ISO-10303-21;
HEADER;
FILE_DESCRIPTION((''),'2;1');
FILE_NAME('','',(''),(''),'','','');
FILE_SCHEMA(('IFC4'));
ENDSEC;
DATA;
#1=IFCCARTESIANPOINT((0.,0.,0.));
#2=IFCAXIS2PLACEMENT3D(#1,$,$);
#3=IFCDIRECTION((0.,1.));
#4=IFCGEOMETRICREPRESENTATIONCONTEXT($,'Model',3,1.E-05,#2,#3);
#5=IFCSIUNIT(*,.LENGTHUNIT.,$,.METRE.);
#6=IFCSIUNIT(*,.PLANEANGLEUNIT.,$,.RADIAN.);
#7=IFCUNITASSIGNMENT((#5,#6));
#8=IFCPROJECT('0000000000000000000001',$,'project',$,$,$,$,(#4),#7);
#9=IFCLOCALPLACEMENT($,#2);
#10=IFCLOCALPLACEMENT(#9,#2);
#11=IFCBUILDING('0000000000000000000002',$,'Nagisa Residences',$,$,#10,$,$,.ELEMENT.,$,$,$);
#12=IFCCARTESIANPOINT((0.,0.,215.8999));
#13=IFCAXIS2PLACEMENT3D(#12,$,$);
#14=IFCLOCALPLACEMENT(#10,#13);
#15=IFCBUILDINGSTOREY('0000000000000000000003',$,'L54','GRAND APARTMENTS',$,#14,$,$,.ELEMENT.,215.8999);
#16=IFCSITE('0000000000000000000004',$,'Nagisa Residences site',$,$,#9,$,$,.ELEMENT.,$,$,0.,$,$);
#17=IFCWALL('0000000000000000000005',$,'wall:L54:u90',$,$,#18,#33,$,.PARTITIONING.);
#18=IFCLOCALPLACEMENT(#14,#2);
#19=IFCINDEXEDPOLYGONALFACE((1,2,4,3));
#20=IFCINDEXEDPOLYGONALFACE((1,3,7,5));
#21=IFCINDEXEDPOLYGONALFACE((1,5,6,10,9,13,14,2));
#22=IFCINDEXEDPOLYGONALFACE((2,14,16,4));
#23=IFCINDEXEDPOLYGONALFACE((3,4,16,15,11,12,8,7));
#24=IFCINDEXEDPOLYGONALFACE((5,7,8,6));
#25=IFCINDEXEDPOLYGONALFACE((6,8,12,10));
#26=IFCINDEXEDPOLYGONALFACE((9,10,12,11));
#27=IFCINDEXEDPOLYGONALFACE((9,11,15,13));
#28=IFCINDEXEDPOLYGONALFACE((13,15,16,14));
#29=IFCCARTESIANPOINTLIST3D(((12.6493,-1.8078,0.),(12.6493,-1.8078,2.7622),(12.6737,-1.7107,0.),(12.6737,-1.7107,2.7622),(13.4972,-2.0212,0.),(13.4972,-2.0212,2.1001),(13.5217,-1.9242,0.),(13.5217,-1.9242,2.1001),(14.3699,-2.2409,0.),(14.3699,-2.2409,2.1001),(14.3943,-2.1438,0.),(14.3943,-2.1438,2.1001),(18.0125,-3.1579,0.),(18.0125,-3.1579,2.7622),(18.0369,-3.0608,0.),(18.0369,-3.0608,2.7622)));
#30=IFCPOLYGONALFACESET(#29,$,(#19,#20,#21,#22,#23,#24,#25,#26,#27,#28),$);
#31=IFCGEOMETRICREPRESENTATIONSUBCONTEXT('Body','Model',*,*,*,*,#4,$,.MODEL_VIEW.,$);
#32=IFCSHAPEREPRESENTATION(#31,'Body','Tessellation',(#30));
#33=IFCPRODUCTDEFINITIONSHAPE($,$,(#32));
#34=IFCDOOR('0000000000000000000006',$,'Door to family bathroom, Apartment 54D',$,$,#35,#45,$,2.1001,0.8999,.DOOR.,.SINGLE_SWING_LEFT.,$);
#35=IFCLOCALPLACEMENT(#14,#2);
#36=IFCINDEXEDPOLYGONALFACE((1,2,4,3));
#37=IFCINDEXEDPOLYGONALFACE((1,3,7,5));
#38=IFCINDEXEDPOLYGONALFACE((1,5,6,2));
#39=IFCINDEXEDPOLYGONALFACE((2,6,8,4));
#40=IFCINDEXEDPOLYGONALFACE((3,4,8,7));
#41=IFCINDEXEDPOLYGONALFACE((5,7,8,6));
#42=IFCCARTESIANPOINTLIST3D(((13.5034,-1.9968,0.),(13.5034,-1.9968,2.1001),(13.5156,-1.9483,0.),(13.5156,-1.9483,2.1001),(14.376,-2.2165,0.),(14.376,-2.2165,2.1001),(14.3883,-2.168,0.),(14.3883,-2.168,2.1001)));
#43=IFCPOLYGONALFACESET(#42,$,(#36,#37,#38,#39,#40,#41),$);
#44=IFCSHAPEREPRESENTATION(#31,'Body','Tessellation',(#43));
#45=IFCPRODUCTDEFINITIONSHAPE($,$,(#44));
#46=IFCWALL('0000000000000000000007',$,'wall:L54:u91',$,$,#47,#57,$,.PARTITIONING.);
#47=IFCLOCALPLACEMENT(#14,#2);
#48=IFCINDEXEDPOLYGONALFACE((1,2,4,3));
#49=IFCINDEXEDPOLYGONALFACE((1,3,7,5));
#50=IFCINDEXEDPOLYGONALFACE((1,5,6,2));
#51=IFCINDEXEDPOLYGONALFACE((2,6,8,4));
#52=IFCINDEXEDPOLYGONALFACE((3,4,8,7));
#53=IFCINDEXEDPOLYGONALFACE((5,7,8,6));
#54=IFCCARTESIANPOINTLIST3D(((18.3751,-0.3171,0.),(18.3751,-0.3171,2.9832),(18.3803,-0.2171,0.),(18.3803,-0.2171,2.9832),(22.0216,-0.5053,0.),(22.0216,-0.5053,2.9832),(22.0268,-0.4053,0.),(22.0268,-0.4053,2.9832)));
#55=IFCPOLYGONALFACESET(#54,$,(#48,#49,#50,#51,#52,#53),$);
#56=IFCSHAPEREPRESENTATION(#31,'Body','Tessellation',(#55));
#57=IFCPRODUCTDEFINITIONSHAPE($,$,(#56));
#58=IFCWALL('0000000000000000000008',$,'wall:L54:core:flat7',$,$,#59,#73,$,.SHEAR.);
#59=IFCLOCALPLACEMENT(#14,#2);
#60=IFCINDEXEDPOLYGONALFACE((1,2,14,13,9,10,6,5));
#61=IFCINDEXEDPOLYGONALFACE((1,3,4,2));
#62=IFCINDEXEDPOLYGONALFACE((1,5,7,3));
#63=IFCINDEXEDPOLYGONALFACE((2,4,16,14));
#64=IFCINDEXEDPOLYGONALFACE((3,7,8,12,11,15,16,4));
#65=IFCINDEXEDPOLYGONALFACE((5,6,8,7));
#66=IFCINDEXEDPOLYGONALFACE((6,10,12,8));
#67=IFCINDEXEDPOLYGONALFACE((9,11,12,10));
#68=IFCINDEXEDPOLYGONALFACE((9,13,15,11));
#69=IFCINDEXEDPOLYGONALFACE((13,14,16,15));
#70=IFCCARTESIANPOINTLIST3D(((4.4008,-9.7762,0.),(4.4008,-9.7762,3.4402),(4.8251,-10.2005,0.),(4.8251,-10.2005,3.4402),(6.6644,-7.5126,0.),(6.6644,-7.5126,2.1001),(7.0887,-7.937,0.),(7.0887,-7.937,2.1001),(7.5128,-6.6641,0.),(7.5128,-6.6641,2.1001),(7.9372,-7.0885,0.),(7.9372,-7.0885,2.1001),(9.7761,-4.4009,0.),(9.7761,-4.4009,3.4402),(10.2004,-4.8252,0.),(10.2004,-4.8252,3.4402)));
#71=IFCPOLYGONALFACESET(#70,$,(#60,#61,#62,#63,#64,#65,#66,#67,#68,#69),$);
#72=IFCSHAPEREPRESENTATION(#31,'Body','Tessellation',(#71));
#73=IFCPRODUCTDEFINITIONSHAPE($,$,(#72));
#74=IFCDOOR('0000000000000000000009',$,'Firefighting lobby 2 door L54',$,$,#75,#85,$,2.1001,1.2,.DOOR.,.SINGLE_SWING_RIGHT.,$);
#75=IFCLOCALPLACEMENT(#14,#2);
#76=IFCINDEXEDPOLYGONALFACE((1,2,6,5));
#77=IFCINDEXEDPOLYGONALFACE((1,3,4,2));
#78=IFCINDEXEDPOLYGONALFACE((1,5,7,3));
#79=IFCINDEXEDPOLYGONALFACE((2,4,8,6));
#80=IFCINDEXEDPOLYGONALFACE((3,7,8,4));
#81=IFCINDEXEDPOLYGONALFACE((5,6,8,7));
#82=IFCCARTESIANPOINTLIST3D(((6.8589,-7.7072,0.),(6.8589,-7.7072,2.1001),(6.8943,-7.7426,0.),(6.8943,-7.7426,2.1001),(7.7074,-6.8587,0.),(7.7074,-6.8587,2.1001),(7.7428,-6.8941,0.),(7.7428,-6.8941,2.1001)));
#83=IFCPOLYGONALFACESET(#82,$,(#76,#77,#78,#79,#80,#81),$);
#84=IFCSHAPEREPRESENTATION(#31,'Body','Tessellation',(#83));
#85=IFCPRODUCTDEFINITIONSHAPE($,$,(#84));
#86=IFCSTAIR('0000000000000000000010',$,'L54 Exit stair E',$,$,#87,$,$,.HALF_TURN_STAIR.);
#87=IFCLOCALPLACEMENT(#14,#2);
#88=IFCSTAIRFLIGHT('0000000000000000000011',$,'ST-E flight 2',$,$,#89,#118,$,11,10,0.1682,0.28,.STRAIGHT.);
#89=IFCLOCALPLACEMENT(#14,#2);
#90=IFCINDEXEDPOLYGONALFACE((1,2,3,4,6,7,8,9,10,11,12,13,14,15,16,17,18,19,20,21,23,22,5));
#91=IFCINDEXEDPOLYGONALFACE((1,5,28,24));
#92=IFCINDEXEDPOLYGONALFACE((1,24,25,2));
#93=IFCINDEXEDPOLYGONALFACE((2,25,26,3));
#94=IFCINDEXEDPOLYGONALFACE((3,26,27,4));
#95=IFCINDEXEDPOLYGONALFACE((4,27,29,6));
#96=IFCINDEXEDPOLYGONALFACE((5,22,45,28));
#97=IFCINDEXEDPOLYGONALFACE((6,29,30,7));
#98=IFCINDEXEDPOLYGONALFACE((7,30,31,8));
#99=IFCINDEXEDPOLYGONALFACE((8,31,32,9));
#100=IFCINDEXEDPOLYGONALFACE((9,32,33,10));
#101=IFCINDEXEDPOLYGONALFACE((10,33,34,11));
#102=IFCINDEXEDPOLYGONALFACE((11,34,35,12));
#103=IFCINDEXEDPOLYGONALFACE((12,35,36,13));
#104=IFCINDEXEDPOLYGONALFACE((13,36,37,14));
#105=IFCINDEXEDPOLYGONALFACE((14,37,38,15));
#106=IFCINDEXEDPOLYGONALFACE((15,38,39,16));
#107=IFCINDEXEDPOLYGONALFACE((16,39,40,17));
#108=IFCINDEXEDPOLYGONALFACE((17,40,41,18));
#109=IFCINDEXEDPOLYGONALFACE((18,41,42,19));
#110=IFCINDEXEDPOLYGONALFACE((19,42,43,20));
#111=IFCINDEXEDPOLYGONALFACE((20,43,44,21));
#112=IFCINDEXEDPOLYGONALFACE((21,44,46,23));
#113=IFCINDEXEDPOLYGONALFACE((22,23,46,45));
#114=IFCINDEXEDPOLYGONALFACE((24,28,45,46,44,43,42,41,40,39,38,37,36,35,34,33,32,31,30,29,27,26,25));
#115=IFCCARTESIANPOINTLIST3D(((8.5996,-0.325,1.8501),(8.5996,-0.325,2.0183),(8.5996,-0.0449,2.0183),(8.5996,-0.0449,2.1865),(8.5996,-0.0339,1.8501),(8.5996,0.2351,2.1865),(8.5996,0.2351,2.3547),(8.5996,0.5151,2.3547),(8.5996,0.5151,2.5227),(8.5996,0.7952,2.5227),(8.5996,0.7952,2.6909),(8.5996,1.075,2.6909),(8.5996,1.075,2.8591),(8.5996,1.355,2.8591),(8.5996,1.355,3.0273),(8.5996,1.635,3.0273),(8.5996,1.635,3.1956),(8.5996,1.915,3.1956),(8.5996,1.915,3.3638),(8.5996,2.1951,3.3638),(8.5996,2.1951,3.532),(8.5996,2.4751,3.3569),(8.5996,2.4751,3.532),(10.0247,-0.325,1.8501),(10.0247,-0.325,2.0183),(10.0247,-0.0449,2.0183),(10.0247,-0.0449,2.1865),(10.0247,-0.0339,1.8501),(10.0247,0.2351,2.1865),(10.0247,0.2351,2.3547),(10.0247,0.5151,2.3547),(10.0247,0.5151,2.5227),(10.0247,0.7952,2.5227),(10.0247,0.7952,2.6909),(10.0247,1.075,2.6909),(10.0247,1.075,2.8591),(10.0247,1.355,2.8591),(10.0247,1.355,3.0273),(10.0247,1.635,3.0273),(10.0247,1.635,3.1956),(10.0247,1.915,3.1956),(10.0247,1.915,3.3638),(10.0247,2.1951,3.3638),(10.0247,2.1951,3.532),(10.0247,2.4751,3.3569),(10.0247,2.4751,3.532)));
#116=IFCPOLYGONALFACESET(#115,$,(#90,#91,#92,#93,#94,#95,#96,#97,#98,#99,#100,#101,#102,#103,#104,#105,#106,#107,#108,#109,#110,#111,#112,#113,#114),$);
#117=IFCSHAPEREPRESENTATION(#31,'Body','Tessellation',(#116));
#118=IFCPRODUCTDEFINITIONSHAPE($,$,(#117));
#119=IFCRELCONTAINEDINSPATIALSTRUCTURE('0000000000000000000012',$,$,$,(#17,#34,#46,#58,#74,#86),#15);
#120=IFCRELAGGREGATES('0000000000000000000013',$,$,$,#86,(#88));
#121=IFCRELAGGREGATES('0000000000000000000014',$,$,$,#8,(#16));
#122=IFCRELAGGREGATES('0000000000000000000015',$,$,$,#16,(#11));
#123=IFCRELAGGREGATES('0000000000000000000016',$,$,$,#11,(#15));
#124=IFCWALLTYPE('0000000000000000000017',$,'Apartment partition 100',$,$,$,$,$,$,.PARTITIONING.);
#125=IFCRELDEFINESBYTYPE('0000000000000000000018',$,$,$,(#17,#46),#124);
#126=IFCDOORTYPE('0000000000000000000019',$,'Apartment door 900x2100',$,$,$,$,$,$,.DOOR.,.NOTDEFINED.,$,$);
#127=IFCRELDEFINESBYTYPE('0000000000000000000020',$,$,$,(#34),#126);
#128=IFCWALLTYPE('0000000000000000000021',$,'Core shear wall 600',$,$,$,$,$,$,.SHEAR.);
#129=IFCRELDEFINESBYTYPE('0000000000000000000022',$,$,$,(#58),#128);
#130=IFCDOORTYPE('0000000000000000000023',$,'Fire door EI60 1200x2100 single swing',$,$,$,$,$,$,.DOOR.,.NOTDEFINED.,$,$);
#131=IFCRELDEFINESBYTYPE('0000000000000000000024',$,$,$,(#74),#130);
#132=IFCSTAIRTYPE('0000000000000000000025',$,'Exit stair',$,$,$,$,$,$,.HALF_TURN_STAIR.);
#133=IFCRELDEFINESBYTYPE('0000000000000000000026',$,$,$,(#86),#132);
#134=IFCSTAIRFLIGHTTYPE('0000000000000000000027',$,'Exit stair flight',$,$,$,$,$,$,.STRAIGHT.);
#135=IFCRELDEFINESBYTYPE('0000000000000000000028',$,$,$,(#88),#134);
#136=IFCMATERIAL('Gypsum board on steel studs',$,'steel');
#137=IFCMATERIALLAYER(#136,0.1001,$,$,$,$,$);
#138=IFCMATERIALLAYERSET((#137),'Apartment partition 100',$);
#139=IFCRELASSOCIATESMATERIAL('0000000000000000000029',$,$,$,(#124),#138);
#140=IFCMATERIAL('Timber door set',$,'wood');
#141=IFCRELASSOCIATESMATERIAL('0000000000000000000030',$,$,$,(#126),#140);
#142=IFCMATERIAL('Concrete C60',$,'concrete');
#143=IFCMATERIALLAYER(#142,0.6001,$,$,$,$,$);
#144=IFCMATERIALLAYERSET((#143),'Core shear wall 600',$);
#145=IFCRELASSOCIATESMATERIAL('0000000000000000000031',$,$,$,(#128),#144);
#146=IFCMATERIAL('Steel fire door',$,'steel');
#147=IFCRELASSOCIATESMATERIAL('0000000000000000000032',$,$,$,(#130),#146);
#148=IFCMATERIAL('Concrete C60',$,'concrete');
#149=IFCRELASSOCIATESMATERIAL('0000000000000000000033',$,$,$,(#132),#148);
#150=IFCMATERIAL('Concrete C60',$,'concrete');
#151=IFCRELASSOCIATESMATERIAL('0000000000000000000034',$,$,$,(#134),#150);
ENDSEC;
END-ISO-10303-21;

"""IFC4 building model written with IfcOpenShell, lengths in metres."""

from ifc_helpers import new_model, si_unit, direction, frame, frame_2d, origin, place, context, subcontext, project, spatial, polyline, rectangle, outline, extrude, material, layer, layer_set, type_object, element, fill, aggregate, save


model = new_model("IFC4")

# Units and contexts
model_context = context("Model", 3, precision=1e-05, world=origin(), true_north=direction((0.0, 1.0)))
body_context = subcontext(model_context, "Body", "Model", "MODEL_VIEW")
ifc_project = project(units=[si_unit("LENGTHUNIT", "METRE"), si_unit("PLANEANGLEUNIT", "RADIAN")], contexts=[model_context])

# Site, building, storey
site_placement = place(None, origin())
site = spatial("IfcSite", under=ifc_project, at=site_placement, Name="Nagisa Residences site", CompositionType="ELEMENT", RefElevation=0.0)
building_placement = place(site_placement, origin())
building = spatial("IfcBuilding", under=site, at=building_placement, Name="Nagisa Residences", CompositionType="ELEMENT")
storey_placement = place(building_placement, frame((0.0, 0.0, 215.8999)))
storey = spatial("IfcBuildingStorey", under=building, at=storey_placement, Name="L54", Description="GRAND APARTMENTS", CompositionType="ELEMENT", Elevation=215.8999)

# Shared definitions
ifc_material_1 = material(Name="Gypsum board on steel studs", Category="steel")
ifc_layer_1 = layer(ifc_material_1, 0.1001)
ifc_layer_set_1 = layer_set([ifc_layer_1], Name="Apartment partition 100")
wall_type_1 = type_object("IfcWallType", Name="Apartment partition 100", PredefinedType="PARTITIONING", material=ifc_layer_set_1)

# Shared definitions
ifc_material_2 = material(Name="Timber door set", Category="wood")
door_type_1 = type_object("IfcDoorType", Name="Apartment door 900x2100", OperationType="NOTDEFINED", PredefinedType="DOOR", material=ifc_material_2)

# Wall, opening, door
wall_1_placement = place(storey_placement, frame((12.6616, -1.7593, 0.0), z_axis=(0.0, 0.0, 1.0), x_axis=(0.969747, -0.244114, 0.0)))
wall_1 = element("IfcWall", 1, at=wall_1_placement, inside=storey, type_object=wall_type_1, Name="wall:L54:u90", PredefinedType="PARTITIONING", context=body_context, shape_type="SweptSolid", body=[
    extrude(rectangle(XDim=5.5305, YDim=0.1001, at=frame_2d((2.7651, 0.0))), origin(), (0.0, 0.0, 1.0), 2.7622),
])
opening_1_placement = place(wall_1_placement, frame((0.8743, 0.0, 0.0)))
opening_1 = element("IfcOpeningElement", 2, at=opening_1_placement, cuts=wall_1, PredefinedType="OPENING", context=body_context, shape_type="SweptSolid", body=[
    extrude(rectangle(XDim=0.8999, YDim=2.1001, at=frame_2d((0.45, 1.05))), frame((0.0, 0.0601, 0.0), z_axis=(0.0, -1.0, 0.0), x_axis=(1.0, 0.0, 0.0)), (0.0, 0.0, 1.0), 0.1201),
])
door_1_placement = place(opening_1_placement, frame((0.8999, 0.0, 0.0), x_axis=(-1.0, 0.0, 0.0)))
door_1 = element("IfcDoor", 3, at=door_1_placement, inside=storey, type_object=door_type_1, Name="Door to family bathroom, Apartment 54D", OperationType="SINGLE_SWING_LEFT", OverallHeight=2.1001, OverallWidth=0.8999, PredefinedType="DOOR", context=body_context, shape_type="SweptSolid", body=[
    extrude(rectangle(XDim=0.8999, YDim=2.1001, at=frame_2d((0.45, 1.05))), frame((0.0, 0.0249, 0.0), z_axis=(0.0, -1.0, 0.0), x_axis=(1.0, 0.0, 0.0)), (0.0, 0.0, 1.0), 0.05),
])
fill(opening_1, door_1)

# Wall
wall_2_placement = place(storey_placement, frame((18.3777, -0.2671, 0.0), z_axis=(0.0, 0.0, 1.0), x_axis=(0.99867, -0.051552, 0.0)))
element("IfcWall", 4, at=wall_2_placement, inside=storey, type_object=wall_type_1, Name="wall:L54:u91", PredefinedType="PARTITIONING", context=body_context, shape_type="SweptSolid", body=[
    extrude(rectangle(XDim=3.6514, YDim=0.1001, at=frame_2d((1.8257, 0.0))), origin(), (0.0, 0.0, 1.0), 2.9832),
])

# Wall, opening, door
ifc_material_3 = material(Name="Concrete C60", Category="concrete")
ifc_layer_2 = layer(ifc_material_3, 0.6001)
ifc_layer_set_2 = layer_set([ifc_layer_2], Name="Core shear wall 600")
wall_type_2 = type_object("IfcWallType", Name="Core shear wall 600", PredefinedType="SHEAR", material=ifc_layer_set_2)
wall_3_placement = place(storey_placement, frame((4.613, -9.9883, 0.0), z_axis=(0.0, 0.0, 1.0), x_axis=(0.707107, 0.707107, 0.0)))
wall_3 = element("IfcWall", 5, at=wall_3_placement, inside=storey, type_object=wall_type_2, Name="wall:L54:core:flat7", PredefinedType="SHEAR", context=body_context, shape_type="SweptSolid", body=[
    extrude(rectangle(XDim=7.6018, YDim=0.6001, at=frame_2d((3.8008, 0.0))), origin(), (0.0, 0.0, 1.0), 3.4402),
])
opening_2_placement = place(wall_3_placement, frame((3.2009, 0.0, 0.0)))
opening_2 = element("IfcOpeningElement", 6, at=opening_2_placement, cuts=wall_3, PredefinedType="OPENING", context=body_context, shape_type="SweptSolid", body=[
    extrude(rectangle(XDim=1.2, YDim=2.1001, at=frame_2d((0.6001, 1.05))), frame((0.0, 0.3101, 0.0), z_axis=(0.0, -1.0, 0.0), x_axis=(1.0, 0.0, 0.0)), (0.0, 0.0, 1.0), 0.6201),
])
ifc_material_4 = material(Name="Steel fire door", Category="steel")
door_type_2 = type_object("IfcDoorType", Name="Fire door EI60 1200x2100 single swing", OperationType="NOTDEFINED", PredefinedType="DOOR", material=ifc_material_4)
door_2_placement = place(opening_2_placement, origin())
door_2 = element("IfcDoor", 7, at=door_2_placement, inside=storey, type_object=door_type_2, Name="Firefighting lobby 2 door L54", OperationType="SINGLE_SWING_RIGHT", OverallHeight=2.1001, OverallWidth=1.2, PredefinedType="DOOR", context=body_context, shape_type="SweptSolid", body=[
    extrude(rectangle(XDim=1.2, YDim=2.1001, at=frame_2d((0.6001, 1.05))), frame((0.0, 0.0249, 0.0), z_axis=(0.0, -1.0, 0.0), x_axis=(1.0, 0.0, 0.0)), (0.0, 0.0, 1.0), 0.05),
])
fill(opening_2, door_2)

# Stair, stair flight
ifc_material_5 = material(Name="Concrete C60", Category="concrete")
stair_type = type_object("IfcStairType", Name="Exit stair", PredefinedType="HALF_TURN_STAIR", material=ifc_material_5)
stair_placement = place(storey_placement, origin())
stair = element("IfcStair", 8, at=stair_placement, inside=storey, type_object=stair_type, Name="L54 Exit stair E", PredefinedType="HALF_TURN_STAIR")
ifc_material_6 = material(Name="Concrete C60", Category="concrete")
stair_flight_type = type_object("IfcStairFlightType", Name="Exit stair flight", PredefinedType="STRAIGHT", material=ifc_material_6)
stair_flight_placement = place(storey_placement, frame((9.312, -0.325, 1.8501), z_axis=(0.0, 0.0, 1.0), x_axis=(0.0, 1.0, 0.0)))
stair_flight = element("IfcStairFlight", 9, at=stair_flight_placement, type_object=stair_flight_type, Name="ST-E flight 2", NumberOfRisers=11, NumberOfTreads=10, PredefinedType="STRAIGHT", RiserHeight=0.1682, TreadLength=0.28, context=body_context, shape_type="SweptSolid", body=[
    extrude(outline(polyline([(0.0, 0.0), (0.0, 0.1682), (0.28, 0.1682), (0.28, 0.3364), (0.5601, 0.3364), (0.5601, 0.5046), (0.8401, 0.5046), (0.8401, 0.6726), (1.1201, 0.6726), (1.1201, 0.8408), (1.3999, 0.8408), (1.3999, 1.009), (1.6799, 1.009), (1.6799, 1.1772), (1.96, 1.1772), (1.96, 1.3455), (2.24, 1.3455), (2.24, 1.5137), (2.52, 1.5137), (2.52, 1.6819), (2.8, 1.6819), (2.8, 1.8501), (2.8, 1.5068), (0.291, 0.0), (0.0, 0.0)])), frame((0.0, 0.7124, 0.0), z_axis=(0.0, -1.0, 0.0), x_axis=(1.0, 0.0, 0.0)), (0.0, 0.0, 1.0), 1.425),
])
aggregate(stair, [stair_flight])

save(model, "model.ifc")
